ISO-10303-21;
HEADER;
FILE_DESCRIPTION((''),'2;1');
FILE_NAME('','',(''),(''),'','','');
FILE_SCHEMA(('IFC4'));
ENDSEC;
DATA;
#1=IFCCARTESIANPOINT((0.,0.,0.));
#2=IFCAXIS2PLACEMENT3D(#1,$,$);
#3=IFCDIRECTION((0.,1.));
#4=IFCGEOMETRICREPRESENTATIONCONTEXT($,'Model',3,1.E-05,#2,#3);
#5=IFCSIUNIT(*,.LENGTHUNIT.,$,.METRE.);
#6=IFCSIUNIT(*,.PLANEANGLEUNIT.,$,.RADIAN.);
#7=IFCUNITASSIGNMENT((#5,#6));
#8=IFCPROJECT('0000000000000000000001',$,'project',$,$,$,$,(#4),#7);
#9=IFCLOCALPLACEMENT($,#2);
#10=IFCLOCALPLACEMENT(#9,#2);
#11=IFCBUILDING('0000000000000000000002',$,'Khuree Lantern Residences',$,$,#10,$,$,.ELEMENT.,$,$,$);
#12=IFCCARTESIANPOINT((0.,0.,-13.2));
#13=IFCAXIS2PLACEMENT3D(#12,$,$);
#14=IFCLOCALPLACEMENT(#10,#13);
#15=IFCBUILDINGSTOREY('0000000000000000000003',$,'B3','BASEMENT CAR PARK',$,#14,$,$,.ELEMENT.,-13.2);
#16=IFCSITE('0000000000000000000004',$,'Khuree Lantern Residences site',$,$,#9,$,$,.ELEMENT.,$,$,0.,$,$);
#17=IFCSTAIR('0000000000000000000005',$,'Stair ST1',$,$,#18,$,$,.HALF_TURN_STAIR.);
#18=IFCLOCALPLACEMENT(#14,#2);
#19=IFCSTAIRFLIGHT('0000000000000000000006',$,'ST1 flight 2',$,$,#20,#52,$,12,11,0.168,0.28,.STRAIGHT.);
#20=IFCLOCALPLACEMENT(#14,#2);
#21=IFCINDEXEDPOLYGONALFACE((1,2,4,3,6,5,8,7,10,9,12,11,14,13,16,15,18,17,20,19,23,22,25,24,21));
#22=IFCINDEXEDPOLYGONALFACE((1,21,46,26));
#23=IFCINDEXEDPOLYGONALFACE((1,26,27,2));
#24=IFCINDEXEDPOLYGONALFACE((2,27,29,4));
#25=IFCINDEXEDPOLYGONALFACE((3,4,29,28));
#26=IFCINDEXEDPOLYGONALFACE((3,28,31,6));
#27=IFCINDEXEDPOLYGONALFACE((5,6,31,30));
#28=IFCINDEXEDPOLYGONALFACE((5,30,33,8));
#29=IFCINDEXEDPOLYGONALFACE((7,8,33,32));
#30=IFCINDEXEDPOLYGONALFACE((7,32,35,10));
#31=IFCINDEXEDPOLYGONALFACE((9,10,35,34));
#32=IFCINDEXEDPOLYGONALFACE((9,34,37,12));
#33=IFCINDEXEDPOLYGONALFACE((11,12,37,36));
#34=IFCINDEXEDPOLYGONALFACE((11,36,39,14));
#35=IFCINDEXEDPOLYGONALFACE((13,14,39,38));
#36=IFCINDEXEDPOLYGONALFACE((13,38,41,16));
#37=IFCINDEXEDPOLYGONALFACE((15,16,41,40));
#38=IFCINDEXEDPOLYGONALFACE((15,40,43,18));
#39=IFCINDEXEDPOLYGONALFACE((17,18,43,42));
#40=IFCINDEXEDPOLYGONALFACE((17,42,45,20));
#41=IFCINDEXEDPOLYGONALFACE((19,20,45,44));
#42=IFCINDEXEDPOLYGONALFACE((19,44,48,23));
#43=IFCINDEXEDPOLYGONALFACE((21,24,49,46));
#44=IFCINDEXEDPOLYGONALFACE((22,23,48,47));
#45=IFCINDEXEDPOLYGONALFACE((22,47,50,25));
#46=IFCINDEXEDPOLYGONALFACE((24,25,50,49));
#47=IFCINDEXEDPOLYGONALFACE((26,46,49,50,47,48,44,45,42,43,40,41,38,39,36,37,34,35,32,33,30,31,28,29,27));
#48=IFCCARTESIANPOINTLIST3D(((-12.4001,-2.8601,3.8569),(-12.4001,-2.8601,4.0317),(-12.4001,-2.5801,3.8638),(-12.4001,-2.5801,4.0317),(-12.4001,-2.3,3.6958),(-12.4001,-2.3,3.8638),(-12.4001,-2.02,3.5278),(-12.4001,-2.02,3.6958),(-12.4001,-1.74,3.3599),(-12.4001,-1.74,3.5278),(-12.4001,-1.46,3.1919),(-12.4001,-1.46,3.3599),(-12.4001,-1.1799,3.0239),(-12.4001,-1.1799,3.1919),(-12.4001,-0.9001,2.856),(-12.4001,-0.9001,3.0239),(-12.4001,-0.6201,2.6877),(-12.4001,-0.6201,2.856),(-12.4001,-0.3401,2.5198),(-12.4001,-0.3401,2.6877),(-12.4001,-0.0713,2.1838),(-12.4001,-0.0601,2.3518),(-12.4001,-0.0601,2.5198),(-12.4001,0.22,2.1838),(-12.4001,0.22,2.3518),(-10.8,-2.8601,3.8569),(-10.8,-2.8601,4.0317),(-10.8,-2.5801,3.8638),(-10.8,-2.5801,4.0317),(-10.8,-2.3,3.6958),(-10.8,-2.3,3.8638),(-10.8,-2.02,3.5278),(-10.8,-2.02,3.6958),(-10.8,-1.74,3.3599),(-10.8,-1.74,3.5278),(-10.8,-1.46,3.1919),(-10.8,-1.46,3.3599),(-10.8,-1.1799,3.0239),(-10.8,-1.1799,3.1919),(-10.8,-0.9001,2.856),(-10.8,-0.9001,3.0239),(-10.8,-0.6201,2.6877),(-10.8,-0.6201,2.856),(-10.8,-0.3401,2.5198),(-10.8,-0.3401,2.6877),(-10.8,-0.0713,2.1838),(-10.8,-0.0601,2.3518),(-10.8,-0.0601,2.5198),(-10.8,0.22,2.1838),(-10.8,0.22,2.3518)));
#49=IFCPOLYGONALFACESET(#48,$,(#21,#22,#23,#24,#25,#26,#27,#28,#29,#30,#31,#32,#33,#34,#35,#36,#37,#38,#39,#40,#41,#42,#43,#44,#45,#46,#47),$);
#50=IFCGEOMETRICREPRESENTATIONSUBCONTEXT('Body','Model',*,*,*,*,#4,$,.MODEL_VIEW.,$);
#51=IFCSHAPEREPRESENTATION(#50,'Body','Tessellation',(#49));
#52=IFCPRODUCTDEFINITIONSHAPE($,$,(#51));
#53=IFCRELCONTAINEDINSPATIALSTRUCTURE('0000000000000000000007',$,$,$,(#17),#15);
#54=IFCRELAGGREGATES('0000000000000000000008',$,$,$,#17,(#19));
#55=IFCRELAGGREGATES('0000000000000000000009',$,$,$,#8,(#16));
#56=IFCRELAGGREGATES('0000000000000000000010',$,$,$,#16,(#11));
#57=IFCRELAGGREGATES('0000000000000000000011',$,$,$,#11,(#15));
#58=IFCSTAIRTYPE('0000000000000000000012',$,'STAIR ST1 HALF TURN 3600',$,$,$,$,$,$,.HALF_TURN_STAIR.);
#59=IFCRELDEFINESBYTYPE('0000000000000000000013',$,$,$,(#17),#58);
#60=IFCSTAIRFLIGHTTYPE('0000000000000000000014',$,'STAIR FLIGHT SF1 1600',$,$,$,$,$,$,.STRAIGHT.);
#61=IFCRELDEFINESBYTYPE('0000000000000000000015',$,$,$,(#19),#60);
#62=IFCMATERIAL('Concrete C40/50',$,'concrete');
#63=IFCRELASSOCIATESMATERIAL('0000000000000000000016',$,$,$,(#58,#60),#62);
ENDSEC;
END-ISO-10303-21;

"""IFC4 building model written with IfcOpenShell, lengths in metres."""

from ifc_helpers import new_model, si_unit, direction, frame, origin, place, context, subcontext, project, spatial, polyline, outline, extrude, material, type_object, element, aggregate, save


model = new_model("IFC4")

# Units and contexts
model_context = context("Model", 3, precision=1e-05, world=origin(), true_north=direction((0.0, 1.0)))
body_context = subcontext(model_context, "Body", "Model", "MODEL_VIEW")
ifc_project = project(units=[si_unit("LENGTHUNIT", "METRE"), si_unit("PLANEANGLEUNIT", "RADIAN")], contexts=[model_context])

# Site, building, storey
site_placement = place(None, origin())
site = spatial("IfcSite", under=ifc_project, at=site_placement, Name="Khuree Lantern Residences site", CompositionType="ELEMENT", RefElevation=0.0)
building_placement = place(site_placement, origin())
building = spatial("IfcBuilding", under=site, at=building_placement, Name="Khuree Lantern Residences", CompositionType="ELEMENT")
storey_placement = place(building_placement, frame((0.0, 0.0, -13.2)))
storey = spatial("IfcBuildingStorey", under=building, at=storey_placement, Name="B3", Description="BASEMENT CAR PARK", CompositionType="ELEMENT", Elevation=-13.2)

# Shared definitions
ifc_material_1 = material(Name="Concrete C40/50", Category="concrete")

# Stair, stair flight
stair_type = type_object("IfcStairType", Name="STAIR ST1 HALF TURN 3600", PredefinedType="HALF_TURN_STAIR", material=ifc_material_1)
stair_placement = place(storey_placement, origin())
stair = element("IfcStair", 1, at=stair_placement, inside=storey, type_object=stair_type, Name="Stair ST1", PredefinedType="HALF_TURN_STAIR")
stair_flight_type = type_object("IfcStairFlightType", Name="STAIR FLIGHT SF1 1600", PredefinedType="STRAIGHT", material=ifc_material_1)
stair_flight_1_placement = place(storey_placement, frame((-11.6001, 0.22, 2.1838), z_axis=(0.0, 0.0, 1.0), x_axis=(0.0, -1.0, 0.0)))
stair_flight_1 = element("IfcStairFlight", 2, at=stair_flight_1_placement, type_object=stair_flight_type, Name="ST1 flight 2", NumberOfRisers=12, NumberOfTreads=11, PredefinedType="STRAIGHT", RiserHeight=0.168, TreadLength=0.28, context=body_context, shape_type="SweptSolid", body=[
    extrude(outline(polyline([(0.0, 0.0), (0.0, 0.168), (0.28, 0.168), (0.28, 0.3359), (0.5601, 0.3359), (0.5601, 0.5039), (0.8401, 0.5039), (0.8401, 0.6721), (1.1201, 0.6721), (1.1201, 0.8401), (1.3999, 0.8401), (1.3999, 1.0081), (1.6799, 1.0081), (1.6799, 1.176), (1.96, 1.176), (1.96, 1.344), (2.24, 1.344), (2.24, 1.512), (2.52, 1.512), (2.52, 1.6799), (2.8, 1.6799), (2.8, 1.8479), (3.0801, 1.8479), (3.0801, 2.0161), (3.0801, 1.6731), (0.2913, 0.0), (0.0, 0.0)])), frame((0.0, 0.8, 0.0), z_axis=(0.0, -1.0, 0.0), x_axis=(1.0, 0.0, 0.0)), (0.0, 0.0, 1.0), 1.6001),
])
aggregate(stair, [stair_flight_1])

save(model, "model.ifc")
